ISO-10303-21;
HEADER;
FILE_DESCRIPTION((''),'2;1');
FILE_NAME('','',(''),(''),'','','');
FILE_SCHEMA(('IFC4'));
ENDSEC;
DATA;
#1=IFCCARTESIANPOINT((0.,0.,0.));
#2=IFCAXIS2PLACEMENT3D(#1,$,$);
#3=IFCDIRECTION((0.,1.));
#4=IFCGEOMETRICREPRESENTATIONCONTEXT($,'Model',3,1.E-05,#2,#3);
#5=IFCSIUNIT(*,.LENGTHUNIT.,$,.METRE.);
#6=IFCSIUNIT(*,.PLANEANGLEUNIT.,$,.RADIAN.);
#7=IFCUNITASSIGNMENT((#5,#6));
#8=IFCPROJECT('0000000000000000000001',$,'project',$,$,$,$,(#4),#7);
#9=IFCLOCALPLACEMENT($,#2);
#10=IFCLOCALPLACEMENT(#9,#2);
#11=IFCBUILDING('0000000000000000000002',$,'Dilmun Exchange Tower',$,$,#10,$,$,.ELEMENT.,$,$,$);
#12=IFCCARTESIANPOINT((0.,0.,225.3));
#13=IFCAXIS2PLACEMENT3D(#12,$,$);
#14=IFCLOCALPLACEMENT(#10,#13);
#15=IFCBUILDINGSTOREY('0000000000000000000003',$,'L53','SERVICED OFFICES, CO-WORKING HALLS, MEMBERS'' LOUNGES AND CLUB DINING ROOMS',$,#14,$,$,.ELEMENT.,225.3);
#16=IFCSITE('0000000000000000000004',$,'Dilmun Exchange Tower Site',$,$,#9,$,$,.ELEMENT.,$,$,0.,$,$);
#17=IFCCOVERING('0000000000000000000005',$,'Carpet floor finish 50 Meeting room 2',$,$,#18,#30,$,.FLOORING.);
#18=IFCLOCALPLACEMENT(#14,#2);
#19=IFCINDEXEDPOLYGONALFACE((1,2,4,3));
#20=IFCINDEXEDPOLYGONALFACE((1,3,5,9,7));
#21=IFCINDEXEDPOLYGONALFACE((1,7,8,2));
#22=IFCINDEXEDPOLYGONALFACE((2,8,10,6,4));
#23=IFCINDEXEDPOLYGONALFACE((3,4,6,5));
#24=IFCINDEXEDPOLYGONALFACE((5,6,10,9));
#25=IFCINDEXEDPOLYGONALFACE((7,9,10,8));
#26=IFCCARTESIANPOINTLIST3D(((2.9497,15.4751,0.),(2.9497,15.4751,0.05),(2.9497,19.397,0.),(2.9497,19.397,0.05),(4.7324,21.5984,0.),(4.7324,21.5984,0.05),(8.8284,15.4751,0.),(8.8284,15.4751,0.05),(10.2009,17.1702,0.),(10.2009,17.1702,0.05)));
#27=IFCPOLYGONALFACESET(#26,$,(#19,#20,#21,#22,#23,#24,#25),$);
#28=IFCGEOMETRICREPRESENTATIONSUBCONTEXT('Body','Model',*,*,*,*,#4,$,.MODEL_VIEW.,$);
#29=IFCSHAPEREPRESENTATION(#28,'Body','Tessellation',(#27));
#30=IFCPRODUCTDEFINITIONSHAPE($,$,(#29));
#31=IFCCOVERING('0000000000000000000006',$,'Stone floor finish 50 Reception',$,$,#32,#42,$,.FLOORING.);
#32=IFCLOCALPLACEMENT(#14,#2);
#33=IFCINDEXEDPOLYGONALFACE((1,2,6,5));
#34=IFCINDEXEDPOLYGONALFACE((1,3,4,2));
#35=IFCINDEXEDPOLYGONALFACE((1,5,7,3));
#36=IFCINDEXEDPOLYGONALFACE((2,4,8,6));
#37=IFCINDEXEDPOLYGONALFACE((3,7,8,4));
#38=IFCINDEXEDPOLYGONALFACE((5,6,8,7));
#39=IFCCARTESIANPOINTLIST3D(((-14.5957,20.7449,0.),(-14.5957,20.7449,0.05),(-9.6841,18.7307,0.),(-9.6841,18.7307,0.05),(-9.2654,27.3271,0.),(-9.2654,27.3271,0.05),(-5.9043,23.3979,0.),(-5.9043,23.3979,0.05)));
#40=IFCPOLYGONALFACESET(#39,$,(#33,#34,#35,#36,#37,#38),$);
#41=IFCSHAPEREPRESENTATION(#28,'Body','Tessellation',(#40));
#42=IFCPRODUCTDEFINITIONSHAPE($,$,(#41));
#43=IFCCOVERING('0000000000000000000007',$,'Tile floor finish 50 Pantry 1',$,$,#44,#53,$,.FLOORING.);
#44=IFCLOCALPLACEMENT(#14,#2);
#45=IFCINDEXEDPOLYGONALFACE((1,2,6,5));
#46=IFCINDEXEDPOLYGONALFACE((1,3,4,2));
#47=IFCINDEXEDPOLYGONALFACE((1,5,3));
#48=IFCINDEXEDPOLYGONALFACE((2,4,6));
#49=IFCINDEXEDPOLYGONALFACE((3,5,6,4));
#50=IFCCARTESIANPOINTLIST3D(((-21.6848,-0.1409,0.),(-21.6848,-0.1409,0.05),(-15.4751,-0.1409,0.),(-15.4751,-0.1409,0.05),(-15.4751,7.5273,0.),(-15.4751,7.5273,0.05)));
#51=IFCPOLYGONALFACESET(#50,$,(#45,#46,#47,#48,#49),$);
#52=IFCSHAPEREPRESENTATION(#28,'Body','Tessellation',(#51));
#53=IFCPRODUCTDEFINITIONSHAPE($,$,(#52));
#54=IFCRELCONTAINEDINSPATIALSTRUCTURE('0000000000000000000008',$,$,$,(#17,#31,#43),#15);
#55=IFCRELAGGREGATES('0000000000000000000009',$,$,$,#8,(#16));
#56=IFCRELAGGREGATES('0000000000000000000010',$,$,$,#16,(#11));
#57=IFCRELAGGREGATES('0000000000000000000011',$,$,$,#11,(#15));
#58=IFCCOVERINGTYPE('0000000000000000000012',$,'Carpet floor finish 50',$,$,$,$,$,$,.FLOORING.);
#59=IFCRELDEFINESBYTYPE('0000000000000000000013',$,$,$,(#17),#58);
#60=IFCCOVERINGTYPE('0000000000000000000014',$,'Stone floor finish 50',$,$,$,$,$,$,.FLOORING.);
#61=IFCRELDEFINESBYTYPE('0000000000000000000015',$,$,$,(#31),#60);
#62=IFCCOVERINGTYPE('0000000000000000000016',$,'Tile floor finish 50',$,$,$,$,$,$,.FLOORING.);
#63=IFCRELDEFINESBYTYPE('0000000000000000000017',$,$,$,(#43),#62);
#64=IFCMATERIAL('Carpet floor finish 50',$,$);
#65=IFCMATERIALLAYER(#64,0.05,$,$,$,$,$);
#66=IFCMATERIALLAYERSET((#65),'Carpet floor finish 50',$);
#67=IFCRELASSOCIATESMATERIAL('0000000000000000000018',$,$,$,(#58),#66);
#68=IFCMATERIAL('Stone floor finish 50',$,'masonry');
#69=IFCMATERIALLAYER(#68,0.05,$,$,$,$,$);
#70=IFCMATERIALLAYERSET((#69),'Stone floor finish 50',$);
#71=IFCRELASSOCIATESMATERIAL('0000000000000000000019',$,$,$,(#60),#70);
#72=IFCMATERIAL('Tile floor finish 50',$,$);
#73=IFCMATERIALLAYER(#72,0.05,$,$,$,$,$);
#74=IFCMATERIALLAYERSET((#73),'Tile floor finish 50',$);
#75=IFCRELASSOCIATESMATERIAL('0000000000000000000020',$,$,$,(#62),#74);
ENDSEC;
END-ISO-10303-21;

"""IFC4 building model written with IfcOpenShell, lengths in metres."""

from ifc_helpers import new_model, si_unit, direction, frame, origin, place, context, subcontext, project, spatial, polyline, outline, extrude, material, layer, layer_set, type_object, element, save


model = new_model("IFC4")

# Units and contexts
model_context = context("Model", 3, precision=1e-05, world=origin(), true_north=direction((0.0, 1.0)))
body_context = subcontext(model_context, "Body", "Model", "MODEL_VIEW")
ifc_project = project(units=[si_unit("LENGTHUNIT", "METRE"), si_unit("PLANEANGLEUNIT", "RADIAN")], contexts=[model_context])

# Site, building, storey
site_placement = place(None, origin())
site = spatial("IfcSite", under=ifc_project, at=site_placement, Name="Dilmun Exchange Tower Site", CompositionType="ELEMENT", RefElevation=0.0)
building_placement = place(site_placement, origin())
building = spatial("IfcBuilding", under=site, at=building_placement, Name="Dilmun Exchange Tower", CompositionType="ELEMENT")
storey_placement = place(building_placement, frame((0.0, 0.0, 225.3)))
storey = spatial("IfcBuildingStorey", under=building, at=storey_placement, Name="L53", Description="SERVICED OFFICES, CO-WORKING HALLS, MEMBERS' LOUNGES AND CLUB DINING ROOMS", CompositionType="ELEMENT", Elevation=225.3)

# Coverings
ifc_material_1 = material(Name="Carpet floor finish 50")
ifc_layer_1 = layer(ifc_material_1, 0.05)
ifc_layer_set_1 = layer_set([ifc_layer_1], Name="Carpet floor finish 50")
covering_type_1 = type_object("IfcCoveringType", Name="Carpet floor finish 50", PredefinedType="FLOORING", material=ifc_layer_set_1)
covering_1_placement = place(storey_placement, origin())
element("IfcCovering", 1, at=covering_1_placement, inside=storey, type_object=covering_type_1, Name="Carpet floor finish 50 Meeting room 2", PredefinedType="FLOORING", context=body_context, shape_type="SweptSolid", body=[
    extrude(outline(polyline([(8.8284, 15.4751), (2.9497, 15.4751), (2.9497, 19.397), (4.7324, 21.5984), (10.2009, 17.1702), (8.8284, 15.4751)])), origin(), (0.0, 0.0, 1.0), 0.05),
])
ifc_material_2 = material(Name="Stone floor finish 50", Category="masonry")
ifc_layer_2 = layer(ifc_material_2, 0.05)
ifc_layer_set_2 = layer_set([ifc_layer_2], Name="Stone floor finish 50")
covering_type_2 = type_object("IfcCoveringType", Name="Stone floor finish 50", PredefinedType="FLOORING", material=ifc_layer_set_2)
covering_2_placement = place(storey_placement, origin())
element("IfcCovering", 2, at=covering_2_placement, inside=storey, type_object=covering_type_2, Name="Stone floor finish 50 Reception", PredefinedType="FLOORING", context=body_context, shape_type="SweptSolid", body=[
    extrude(outline(polyline([(-14.5957, 20.7449), (-9.2654, 27.3271), (-5.9043, 23.3979), (-9.6841, 18.7307), (-14.5957, 20.7449)])), origin(), (0.0, 0.0, 1.0), 0.05),
])
ifc_material_3 = material(Name="Tile floor finish 50")
ifc_layer_3 = layer(ifc_material_3, 0.05)
ifc_layer_set_3 = layer_set([ifc_layer_3], Name="Tile floor finish 50")
covering_type_3 = type_object("IfcCoveringType", Name="Tile floor finish 50", PredefinedType="FLOORING", material=ifc_layer_set_3)
covering_3_placement = place(storey_placement, origin())
element("IfcCovering", 3, at=covering_3_placement, inside=storey, type_object=covering_type_3, Name="Tile floor finish 50 Pantry 1", PredefinedType="FLOORING", context=body_context, shape_type="SweptSolid", body=[
    extrude(outline(polyline([(-15.4751, 7.5273), (-15.4751, -0.1409), (-21.6848, -0.1409), (-15.4751, 7.5273)])), origin(), (0.0, 0.0, 1.0), 0.05),
])

save(model, "model.ifc")
